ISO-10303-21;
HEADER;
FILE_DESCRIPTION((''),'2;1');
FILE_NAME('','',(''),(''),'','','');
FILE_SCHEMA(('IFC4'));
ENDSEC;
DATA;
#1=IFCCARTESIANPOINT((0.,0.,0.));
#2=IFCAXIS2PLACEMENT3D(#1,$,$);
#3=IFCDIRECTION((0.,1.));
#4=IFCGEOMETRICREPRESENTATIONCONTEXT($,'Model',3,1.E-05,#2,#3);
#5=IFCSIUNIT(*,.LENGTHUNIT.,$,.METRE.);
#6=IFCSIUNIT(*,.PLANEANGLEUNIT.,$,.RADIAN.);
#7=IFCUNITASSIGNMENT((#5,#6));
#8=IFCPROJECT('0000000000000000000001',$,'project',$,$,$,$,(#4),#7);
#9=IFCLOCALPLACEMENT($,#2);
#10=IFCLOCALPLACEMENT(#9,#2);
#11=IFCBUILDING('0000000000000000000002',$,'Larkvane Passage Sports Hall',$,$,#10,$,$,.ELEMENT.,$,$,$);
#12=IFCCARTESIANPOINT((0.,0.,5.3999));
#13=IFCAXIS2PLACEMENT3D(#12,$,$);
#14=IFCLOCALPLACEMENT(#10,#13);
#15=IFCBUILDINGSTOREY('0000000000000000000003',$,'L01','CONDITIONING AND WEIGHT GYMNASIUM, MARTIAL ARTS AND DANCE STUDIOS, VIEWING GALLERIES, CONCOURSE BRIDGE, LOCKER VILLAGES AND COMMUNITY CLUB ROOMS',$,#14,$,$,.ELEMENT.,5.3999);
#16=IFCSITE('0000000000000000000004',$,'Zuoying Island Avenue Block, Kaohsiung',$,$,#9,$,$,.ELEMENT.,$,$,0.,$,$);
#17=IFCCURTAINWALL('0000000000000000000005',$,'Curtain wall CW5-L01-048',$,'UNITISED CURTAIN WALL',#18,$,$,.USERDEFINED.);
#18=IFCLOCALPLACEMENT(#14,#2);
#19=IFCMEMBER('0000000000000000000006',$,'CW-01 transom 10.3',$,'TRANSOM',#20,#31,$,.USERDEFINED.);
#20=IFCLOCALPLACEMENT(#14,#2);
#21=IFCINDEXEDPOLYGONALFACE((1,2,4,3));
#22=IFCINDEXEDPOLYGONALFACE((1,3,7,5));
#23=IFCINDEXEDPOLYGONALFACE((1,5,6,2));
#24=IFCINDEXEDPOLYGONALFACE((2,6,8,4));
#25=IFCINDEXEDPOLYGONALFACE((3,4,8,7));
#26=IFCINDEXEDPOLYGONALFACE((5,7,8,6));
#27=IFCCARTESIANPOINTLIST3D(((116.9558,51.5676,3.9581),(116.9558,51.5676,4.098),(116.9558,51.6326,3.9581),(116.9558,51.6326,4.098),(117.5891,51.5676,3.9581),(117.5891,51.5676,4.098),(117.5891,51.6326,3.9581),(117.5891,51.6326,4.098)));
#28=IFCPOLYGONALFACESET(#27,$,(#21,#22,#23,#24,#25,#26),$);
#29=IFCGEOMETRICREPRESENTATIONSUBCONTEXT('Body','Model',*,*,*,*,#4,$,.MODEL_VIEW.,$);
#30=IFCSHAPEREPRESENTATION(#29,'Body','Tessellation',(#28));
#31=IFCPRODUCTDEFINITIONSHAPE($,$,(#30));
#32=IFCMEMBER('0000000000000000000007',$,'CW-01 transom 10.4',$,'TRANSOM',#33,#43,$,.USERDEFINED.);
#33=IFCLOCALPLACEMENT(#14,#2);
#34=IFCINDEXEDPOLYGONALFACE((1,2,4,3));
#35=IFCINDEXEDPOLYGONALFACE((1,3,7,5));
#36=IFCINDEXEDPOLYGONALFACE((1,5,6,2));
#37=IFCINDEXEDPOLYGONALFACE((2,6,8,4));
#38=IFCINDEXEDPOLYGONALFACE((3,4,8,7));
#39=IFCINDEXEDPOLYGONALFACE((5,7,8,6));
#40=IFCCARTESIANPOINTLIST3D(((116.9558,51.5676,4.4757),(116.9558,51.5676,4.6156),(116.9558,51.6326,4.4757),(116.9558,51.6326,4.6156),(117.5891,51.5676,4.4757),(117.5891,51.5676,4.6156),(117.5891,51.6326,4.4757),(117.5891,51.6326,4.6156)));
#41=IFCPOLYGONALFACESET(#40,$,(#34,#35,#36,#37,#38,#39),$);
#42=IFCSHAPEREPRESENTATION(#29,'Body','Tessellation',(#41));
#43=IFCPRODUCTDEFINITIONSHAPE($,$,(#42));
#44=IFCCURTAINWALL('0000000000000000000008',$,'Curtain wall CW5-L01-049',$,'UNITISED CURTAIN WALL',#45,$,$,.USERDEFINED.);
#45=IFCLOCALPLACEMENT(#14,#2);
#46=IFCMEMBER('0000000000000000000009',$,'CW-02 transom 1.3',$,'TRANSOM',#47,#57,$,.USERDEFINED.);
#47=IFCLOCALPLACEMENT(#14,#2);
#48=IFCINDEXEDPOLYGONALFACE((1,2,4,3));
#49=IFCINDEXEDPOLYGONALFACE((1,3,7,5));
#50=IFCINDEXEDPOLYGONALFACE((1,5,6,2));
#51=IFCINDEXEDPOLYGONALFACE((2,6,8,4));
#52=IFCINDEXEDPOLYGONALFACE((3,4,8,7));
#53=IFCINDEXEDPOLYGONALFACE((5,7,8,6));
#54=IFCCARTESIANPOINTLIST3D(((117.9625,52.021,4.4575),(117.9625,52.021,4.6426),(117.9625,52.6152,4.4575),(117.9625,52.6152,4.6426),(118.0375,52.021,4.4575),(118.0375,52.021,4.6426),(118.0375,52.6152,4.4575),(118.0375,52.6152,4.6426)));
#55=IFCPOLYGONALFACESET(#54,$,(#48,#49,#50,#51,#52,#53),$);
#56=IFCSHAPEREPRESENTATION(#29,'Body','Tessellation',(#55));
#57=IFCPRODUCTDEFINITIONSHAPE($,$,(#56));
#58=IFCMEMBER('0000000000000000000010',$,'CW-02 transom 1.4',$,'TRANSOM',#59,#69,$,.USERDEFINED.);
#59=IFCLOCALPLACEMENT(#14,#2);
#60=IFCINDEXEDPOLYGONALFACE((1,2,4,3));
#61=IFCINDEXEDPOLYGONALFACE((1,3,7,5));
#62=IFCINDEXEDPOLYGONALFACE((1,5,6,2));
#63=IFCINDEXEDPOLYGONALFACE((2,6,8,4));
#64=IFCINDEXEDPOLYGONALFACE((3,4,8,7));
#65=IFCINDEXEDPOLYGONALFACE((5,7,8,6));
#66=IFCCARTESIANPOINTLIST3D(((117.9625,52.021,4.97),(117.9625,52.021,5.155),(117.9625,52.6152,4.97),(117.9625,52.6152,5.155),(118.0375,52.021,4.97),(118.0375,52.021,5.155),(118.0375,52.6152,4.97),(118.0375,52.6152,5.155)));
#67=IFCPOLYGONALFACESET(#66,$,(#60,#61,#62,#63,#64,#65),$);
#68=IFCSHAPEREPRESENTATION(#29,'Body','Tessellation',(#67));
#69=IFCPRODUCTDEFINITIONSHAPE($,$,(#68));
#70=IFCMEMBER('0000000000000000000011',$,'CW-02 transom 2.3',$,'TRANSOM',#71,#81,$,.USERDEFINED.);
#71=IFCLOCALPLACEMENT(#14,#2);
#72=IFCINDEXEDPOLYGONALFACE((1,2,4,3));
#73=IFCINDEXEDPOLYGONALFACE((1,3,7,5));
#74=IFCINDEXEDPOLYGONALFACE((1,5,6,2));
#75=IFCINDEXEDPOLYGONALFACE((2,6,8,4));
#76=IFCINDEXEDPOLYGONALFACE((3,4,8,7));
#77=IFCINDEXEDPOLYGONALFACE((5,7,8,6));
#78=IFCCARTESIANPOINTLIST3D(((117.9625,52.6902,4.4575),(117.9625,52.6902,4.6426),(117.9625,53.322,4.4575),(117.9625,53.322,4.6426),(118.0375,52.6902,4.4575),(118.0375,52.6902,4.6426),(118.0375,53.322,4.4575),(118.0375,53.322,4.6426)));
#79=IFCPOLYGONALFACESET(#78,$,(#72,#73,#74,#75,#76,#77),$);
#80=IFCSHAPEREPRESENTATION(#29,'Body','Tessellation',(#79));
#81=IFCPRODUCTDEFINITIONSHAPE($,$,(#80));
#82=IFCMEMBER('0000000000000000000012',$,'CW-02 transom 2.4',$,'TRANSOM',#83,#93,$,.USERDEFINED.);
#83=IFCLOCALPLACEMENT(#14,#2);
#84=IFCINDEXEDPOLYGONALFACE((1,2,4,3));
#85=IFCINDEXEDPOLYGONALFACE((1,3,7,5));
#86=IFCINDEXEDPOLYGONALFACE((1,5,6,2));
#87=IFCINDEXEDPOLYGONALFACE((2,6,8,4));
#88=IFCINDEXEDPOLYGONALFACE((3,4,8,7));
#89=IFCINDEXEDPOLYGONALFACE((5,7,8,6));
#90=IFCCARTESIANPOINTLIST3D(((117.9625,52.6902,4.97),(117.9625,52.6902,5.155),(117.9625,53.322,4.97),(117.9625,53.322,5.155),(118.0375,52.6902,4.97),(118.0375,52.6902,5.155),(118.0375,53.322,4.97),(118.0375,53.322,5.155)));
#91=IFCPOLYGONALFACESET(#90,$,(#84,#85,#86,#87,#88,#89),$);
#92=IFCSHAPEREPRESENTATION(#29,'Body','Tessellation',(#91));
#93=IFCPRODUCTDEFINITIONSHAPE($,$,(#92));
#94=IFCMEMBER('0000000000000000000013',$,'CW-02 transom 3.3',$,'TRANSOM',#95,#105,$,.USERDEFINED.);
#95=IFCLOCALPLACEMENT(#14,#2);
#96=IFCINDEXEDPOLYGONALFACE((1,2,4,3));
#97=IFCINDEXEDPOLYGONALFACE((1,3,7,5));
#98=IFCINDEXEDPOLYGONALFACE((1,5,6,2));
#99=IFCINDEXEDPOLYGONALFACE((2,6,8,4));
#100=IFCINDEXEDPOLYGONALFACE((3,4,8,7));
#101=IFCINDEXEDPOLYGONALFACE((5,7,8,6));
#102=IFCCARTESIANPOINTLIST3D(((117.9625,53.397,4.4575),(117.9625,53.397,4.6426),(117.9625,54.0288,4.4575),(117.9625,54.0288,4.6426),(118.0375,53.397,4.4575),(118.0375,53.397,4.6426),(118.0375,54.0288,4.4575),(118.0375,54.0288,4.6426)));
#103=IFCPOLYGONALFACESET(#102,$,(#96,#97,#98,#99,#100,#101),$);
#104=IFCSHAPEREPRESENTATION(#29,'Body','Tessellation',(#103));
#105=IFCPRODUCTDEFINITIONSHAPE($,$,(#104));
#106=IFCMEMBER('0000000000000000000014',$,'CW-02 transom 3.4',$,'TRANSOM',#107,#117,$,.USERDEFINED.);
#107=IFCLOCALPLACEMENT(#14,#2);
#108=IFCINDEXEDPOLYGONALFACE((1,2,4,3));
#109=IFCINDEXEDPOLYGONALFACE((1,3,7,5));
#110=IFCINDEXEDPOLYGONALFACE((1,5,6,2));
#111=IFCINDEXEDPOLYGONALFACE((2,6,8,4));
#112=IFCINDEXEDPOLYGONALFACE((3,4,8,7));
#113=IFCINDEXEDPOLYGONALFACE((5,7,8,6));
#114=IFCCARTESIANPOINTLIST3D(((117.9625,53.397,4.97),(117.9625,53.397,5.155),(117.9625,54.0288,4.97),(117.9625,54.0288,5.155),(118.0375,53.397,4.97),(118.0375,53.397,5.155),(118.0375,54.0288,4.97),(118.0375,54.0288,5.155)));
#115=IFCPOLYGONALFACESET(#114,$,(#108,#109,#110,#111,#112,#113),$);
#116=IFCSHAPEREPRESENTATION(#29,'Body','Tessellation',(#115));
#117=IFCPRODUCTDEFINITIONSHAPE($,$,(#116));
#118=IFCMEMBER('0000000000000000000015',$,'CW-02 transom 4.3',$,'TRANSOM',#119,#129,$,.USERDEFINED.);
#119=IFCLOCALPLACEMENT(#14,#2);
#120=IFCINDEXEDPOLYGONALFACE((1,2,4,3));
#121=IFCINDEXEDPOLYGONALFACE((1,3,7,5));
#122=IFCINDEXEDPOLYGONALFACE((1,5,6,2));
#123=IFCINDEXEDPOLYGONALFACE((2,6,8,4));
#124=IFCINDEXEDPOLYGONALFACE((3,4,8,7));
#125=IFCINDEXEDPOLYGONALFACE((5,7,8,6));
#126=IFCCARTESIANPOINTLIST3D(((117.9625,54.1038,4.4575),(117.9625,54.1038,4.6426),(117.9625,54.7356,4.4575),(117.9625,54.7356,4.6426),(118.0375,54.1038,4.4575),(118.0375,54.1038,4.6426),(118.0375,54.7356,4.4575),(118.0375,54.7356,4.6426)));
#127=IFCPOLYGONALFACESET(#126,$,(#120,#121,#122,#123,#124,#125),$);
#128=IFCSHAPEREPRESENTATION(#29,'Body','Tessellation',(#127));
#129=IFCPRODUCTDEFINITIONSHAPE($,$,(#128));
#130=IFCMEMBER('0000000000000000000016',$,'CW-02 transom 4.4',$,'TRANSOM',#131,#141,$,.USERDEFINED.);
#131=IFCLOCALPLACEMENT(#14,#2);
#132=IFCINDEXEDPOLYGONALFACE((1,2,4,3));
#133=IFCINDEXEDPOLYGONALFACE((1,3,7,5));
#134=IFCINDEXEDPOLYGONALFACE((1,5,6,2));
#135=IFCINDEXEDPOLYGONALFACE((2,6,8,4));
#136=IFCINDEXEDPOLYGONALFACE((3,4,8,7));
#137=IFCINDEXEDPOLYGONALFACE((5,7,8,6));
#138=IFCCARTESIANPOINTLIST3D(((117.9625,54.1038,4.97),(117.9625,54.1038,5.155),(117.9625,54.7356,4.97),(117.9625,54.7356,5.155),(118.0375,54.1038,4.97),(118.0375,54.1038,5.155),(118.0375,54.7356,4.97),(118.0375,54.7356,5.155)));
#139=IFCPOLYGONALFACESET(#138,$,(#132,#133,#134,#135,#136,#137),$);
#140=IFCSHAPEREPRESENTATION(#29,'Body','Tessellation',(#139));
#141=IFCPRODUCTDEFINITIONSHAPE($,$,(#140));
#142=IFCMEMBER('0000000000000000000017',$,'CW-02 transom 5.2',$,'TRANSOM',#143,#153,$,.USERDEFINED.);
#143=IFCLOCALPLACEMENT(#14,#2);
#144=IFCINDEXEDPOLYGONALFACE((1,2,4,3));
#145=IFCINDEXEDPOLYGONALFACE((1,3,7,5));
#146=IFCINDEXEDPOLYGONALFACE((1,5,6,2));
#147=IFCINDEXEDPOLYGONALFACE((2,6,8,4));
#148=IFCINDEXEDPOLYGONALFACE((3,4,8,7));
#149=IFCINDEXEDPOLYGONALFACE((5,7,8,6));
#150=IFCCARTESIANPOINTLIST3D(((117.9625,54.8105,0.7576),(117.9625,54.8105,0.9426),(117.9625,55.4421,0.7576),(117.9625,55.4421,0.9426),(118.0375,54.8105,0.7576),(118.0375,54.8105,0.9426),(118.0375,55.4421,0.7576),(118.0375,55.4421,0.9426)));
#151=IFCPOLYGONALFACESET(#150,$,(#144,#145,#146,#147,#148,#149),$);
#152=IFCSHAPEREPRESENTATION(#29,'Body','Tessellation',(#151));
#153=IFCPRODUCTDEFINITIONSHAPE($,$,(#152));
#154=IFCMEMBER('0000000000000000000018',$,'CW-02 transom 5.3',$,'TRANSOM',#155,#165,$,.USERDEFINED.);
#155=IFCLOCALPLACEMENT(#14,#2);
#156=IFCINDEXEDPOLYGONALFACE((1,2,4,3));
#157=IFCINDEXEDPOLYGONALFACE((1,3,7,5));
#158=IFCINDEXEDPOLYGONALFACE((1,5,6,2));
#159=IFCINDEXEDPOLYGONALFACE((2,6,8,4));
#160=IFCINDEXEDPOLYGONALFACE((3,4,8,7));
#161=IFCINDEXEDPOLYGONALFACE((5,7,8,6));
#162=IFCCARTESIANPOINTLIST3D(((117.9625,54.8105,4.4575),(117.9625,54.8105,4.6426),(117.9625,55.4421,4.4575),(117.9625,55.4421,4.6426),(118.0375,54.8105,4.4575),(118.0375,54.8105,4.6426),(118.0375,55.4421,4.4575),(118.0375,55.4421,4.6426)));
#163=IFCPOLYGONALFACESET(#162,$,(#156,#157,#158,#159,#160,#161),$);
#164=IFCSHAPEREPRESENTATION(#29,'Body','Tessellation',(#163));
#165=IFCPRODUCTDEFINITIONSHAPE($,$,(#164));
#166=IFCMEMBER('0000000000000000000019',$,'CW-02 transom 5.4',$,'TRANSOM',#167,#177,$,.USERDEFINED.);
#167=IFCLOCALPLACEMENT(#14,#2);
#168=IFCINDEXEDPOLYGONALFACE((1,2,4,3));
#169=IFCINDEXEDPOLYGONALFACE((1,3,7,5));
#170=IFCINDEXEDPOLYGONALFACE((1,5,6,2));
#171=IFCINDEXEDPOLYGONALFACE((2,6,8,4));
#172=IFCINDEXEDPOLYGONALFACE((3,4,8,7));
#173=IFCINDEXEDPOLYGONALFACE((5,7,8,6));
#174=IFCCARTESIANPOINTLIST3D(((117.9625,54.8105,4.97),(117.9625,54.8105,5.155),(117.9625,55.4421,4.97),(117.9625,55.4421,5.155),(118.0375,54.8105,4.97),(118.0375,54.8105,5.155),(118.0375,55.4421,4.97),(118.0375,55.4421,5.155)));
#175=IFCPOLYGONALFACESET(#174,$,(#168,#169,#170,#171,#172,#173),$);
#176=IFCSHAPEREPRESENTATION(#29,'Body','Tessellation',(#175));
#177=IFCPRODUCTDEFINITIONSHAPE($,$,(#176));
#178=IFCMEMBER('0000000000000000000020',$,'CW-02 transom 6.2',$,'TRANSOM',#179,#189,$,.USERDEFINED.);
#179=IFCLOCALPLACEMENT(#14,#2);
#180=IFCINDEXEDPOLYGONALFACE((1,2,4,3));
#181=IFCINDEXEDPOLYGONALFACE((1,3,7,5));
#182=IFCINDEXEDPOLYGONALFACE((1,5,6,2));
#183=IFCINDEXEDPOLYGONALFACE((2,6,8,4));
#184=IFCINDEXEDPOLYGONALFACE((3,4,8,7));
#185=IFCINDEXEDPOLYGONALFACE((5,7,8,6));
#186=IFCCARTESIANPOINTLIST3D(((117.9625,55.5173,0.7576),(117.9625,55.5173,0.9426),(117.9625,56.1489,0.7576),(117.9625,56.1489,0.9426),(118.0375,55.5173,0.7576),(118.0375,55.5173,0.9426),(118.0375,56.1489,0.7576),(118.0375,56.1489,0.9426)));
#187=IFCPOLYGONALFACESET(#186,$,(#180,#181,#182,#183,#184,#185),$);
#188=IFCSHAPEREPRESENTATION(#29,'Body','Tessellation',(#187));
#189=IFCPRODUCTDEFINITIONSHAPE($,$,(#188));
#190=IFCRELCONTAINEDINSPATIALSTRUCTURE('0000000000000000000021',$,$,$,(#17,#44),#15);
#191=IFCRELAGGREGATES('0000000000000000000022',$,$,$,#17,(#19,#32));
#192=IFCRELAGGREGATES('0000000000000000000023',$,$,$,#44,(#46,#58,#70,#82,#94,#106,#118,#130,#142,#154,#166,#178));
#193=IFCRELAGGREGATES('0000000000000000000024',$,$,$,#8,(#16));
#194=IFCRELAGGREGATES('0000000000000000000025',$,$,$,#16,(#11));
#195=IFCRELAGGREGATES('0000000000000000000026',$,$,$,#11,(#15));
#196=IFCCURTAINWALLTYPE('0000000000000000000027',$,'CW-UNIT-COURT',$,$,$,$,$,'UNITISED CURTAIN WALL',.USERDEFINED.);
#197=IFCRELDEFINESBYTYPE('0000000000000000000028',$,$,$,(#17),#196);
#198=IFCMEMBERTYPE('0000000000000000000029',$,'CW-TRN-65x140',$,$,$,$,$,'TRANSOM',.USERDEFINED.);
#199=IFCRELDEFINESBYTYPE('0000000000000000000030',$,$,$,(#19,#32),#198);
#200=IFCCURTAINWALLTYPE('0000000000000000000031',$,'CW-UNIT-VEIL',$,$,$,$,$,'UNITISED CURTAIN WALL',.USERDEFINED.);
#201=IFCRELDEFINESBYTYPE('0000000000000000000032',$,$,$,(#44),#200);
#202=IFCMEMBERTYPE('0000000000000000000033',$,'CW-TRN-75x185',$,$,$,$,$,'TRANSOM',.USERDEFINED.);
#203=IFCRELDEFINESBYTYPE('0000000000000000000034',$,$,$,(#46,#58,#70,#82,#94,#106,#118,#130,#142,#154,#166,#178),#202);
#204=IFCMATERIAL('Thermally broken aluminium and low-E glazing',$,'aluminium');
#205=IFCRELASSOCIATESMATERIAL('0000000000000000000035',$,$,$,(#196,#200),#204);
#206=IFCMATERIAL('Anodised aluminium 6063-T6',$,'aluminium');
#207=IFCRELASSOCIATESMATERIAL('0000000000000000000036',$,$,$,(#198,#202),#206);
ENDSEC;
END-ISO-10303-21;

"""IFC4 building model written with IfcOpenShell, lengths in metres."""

from ifc_helpers import new_model, si_unit, direction, frame, origin, origin_2d, place, context, subcontext, project, spatial, rectangle, extrude, material, material_profile, profile_set, type_object, element, aggregate, save


model = new_model("IFC4")

# Units and contexts
model_context = context("Model", 3, precision=1e-05, world=origin(), true_north=direction((0.0, 1.0)))
body_context = subcontext(model_context, "Body", "Model", "MODEL_VIEW")
ifc_project = project(units=[si_unit("LENGTHUNIT", "METRE"), si_unit("PLANEANGLEUNIT", "RADIAN")], contexts=[model_context])

# Site, building, storey
site_placement = place(None, origin())
site = spatial("IfcSite", under=ifc_project, at=site_placement, Name="Zuoying Island Avenue Block, Kaohsiung", CompositionType="ELEMENT", RefElevation=0.0)
building_placement = place(site_placement, origin())
building = spatial("IfcBuilding", under=site, at=building_placement, Name="Larkvane Passage Sports Hall", CompositionType="ELEMENT")
storey_placement = place(building_placement, frame((0.0, 0.0, 5.3999)))
storey = spatial("IfcBuildingStorey", under=building, at=storey_placement, Name="L01", Description="CONDITIONING AND WEIGHT GYMNASIUM, MARTIAL ARTS AND DANCE STUDIOS, VIEWING GALLERIES, CONCOURSE BRIDGE, LOCKER VILLAGES AND COMMUNITY CLUB ROOMS", CompositionType="ELEMENT", Elevation=5.3999)

# Curtain walls, members
ifc_material_1 = material(Name="Thermally broken aluminium and low-E glazing", Category="aluminium")
curtain_wall_type_1 = type_object("IfcCurtainWallType", Name="CW-UNIT-COURT", ElementType="UNITISED CURTAIN WALL", PredefinedType="USERDEFINED", material=ifc_material_1)
curtain_wall_1_placement = place(storey_placement, origin())
curtain_wall_1 = element("IfcCurtainWall", 1, at=curtain_wall_1_placement, inside=storey, type_object=curtain_wall_type_1, Name="Curtain wall CW5-L01-048", ObjectType="UNITISED CURTAIN WALL", PredefinedType="USERDEFINED")
ifc_material_2 = material(Name="Anodised aluminium 6063-T6", Category="aluminium")
ifc_material_profile_1 = material_profile(ifc_material_2, rectangle(XDim=0.0649, YDim=0.1399, at=origin_2d()), Name="ALU-TRN-65x140")
ifc_profile_set_1 = profile_set([ifc_material_profile_1], Name="Anodised aluminium 6063-T6")
member_type_1 = type_object("IfcMemberType", Name="CW-TRN-65x140", ElementType="TRANSOM", PredefinedType="USERDEFINED", material=ifc_profile_set_1)
member_1_placement = place(storey_placement, frame((116.9558, 51.6001, 4.0281), z_axis=(1.0, 0.0, 0.0), x_axis=(0.0, 1.0, 0.0)))
member_1 = element("IfcMember", 2, at=member_1_placement, type_object=member_type_1, Name="CW-01 transom 10.3", ObjectType="TRANSOM", PredefinedType="USERDEFINED", context=body_context, shape_type="SweptSolid", body=[
    extrude(rectangle(XDim=0.0649, YDim=0.1399, at=origin_2d()), origin(), (0.0, 0.0, 1.0), 0.6333),
])
member_2_placement = place(storey_placement, frame((116.9558, 51.6001, 4.5457), z_axis=(1.0, 0.0, 0.0), x_axis=(0.0, 1.0, 0.0)))
member_2 = element("IfcMember", 3, at=member_2_placement, type_object=member_type_1, Name="CW-01 transom 10.4", ObjectType="TRANSOM", PredefinedType="USERDEFINED", context=body_context, shape_type="SweptSolid", body=[
    extrude(rectangle(XDim=0.0649, YDim=0.1399, at=origin_2d()), origin(), (0.0, 0.0, 1.0), 0.6333),
])
curtain_wall_type_2 = type_object("IfcCurtainWallType", Name="CW-UNIT-VEIL", ElementType="UNITISED CURTAIN WALL", PredefinedType="USERDEFINED", material=ifc_material_1)
curtain_wall_2_placement = place(storey_placement, origin())
curtain_wall_2 = element("IfcCurtainWall", 4, at=curtain_wall_2_placement, inside=storey, type_object=curtain_wall_type_2, Name="Curtain wall CW5-L01-049", ObjectType="UNITISED CURTAIN WALL", PredefinedType="USERDEFINED")
ifc_material_profile_2 = material_profile(ifc_material_2, rectangle(XDim=0.075, YDim=0.1851, at=origin_2d()), Name="ALU-TRN-75x185")
ifc_profile_set_2 = profile_set([ifc_material_profile_2], Name="Anodised aluminium 6063-T6")
member_type_2 = type_object("IfcMemberType", Name="CW-TRN-75x185", ElementType="TRANSOM", PredefinedType="USERDEFINED", material=ifc_profile_set_2)
member_3_placement = place(storey_placement, frame((118.0, 52.021, 4.55), z_axis=(0.0, 1.0, 0.0), x_axis=(-1.0, 0.0, 0.0)))
member_3 = element("IfcMember", 5, at=member_3_placement, type_object=member_type_2, Name="CW-02 transom 1.3", ObjectType="TRANSOM", PredefinedType="USERDEFINED", context=body_context, shape_type="SweptSolid", body=[
    extrude(rectangle(XDim=0.075, YDim=0.1851, at=origin_2d()), origin(), (0.0, 0.0, 1.0), 0.5942),
])
member_4_placement = place(storey_placement, frame((118.0, 52.021, 5.0625), z_axis=(0.0, 1.0, 0.0), x_axis=(-1.0, 0.0, 0.0)))
member_4 = element("IfcMember", 6, at=member_4_placement, type_object=member_type_2, Name="CW-02 transom 1.4", ObjectType="TRANSOM", PredefinedType="USERDEFINED", context=body_context, shape_type="SweptSolid", body=[
    extrude(rectangle(XDim=0.075, YDim=0.1851, at=origin_2d()), origin(), (0.0, 0.0, 1.0), 0.5942),
])
member_5_placement = place(storey_placement, frame((118.0, 52.6902, 4.55), z_axis=(0.0, 1.0, 0.0), x_axis=(-1.0, 0.0, 0.0)))
member_5 = element("IfcMember", 7, at=member_5_placement, type_object=member_type_2, Name="CW-02 transom 2.3", ObjectType="TRANSOM", PredefinedType="USERDEFINED", context=body_context, shape_type="SweptSolid", body=[
    extrude(rectangle(XDim=0.075, YDim=0.1851, at=origin_2d()), origin(), (0.0, 0.0, 1.0), 0.6318),
])
member_6_placement = place(storey_placement, frame((118.0, 52.6902, 5.0625), z_axis=(0.0, 1.0, 0.0), x_axis=(-1.0, 0.0, 0.0)))
member_6 = element("IfcMember", 8, at=member_6_placement, type_object=member_type_2, Name="CW-02 transom 2.4", ObjectType="TRANSOM", PredefinedType="USERDEFINED", context=body_context, shape_type="SweptSolid", body=[
    extrude(rectangle(XDim=0.075, YDim=0.1851, at=origin_2d()), origin(), (0.0, 0.0, 1.0), 0.6318),
])
member_7_placement = place(storey_placement, frame((118.0, 53.397, 4.55), z_axis=(0.0, 1.0, 0.0), x_axis=(-1.0, 0.0, 0.0)))
member_7 = element("IfcMember", 9, at=member_7_placement, type_object=member_type_2, Name="CW-02 transom 3.3", ObjectType="TRANSOM", PredefinedType="USERDEFINED", context=body_context, shape_type="SweptSolid", body=[
    extrude(rectangle(XDim=0.075, YDim=0.1851, at=origin_2d()), origin(), (0.0, 0.0, 1.0), 0.6318),
])
member_8_placement = place(storey_placement, frame((118.0, 53.397, 5.0625), z_axis=(0.0, 1.0, 0.0), x_axis=(-1.0, 0.0, 0.0)))
member_8 = element("IfcMember", 10, at=member_8_placement, type_object=member_type_2, Name="CW-02 transom 3.4", ObjectType="TRANSOM", PredefinedType="USERDEFINED", context=body_context, shape_type="SweptSolid", body=[
    extrude(rectangle(XDim=0.075, YDim=0.1851, at=origin_2d()), origin(), (0.0, 0.0, 1.0), 0.6318),
])
member_9_placement = place(storey_placement, frame((118.0, 54.1038, 4.55), z_axis=(0.0, 1.0, 0.0), x_axis=(-1.0, 0.0, 0.0)))
member_9 = element("IfcMember", 11, at=member_9_placement, type_object=member_type_2, Name="CW-02 transom 4.3", ObjectType="TRANSOM", PredefinedType="USERDEFINED", context=body_context, shape_type="SweptSolid", body=[
    extrude(rectangle(XDim=0.075, YDim=0.1851, at=origin_2d()), origin(), (0.0, 0.0, 1.0), 0.6318),
])
member_10_placement = place(storey_placement, frame((118.0, 54.1038, 5.0625), z_axis=(0.0, 1.0, 0.0), x_axis=(-1.0, 0.0, 0.0)))
member_10 = element("IfcMember", 12, at=member_10_placement, type_object=member_type_2, Name="CW-02 transom 4.4", ObjectType="TRANSOM", PredefinedType="USERDEFINED", context=body_context, shape_type="SweptSolid", body=[
    extrude(rectangle(XDim=0.075, YDim=0.1851, at=origin_2d()), origin(), (0.0, 0.0, 1.0), 0.6318),
])
member_11_placement = place(storey_placement, frame((118.0, 54.8105, 0.8501), z_axis=(0.0, 1.0, 0.0), x_axis=(-1.0, 0.0, 0.0)))
member_11 = element("IfcMember", 13, at=member_11_placement, type_object=member_type_2, Name="CW-02 transom 5.2", ObjectType="TRANSOM", PredefinedType="USERDEFINED", context=body_context, shape_type="SweptSolid", body=[
    extrude(rectangle(XDim=0.075, YDim=0.1851, at=origin_2d()), origin(), (0.0, 0.0, 1.0), 0.6316),
])
member_12_placement = place(storey_placement, frame((118.0, 54.8105, 4.55), z_axis=(0.0, 1.0, 0.0), x_axis=(-1.0, 0.0, 0.0)))
member_12 = element("IfcMember", 14, at=member_12_placement, type_object=member_type_2, Name="CW-02 transom 5.3", ObjectType="TRANSOM", PredefinedType="USERDEFINED", context=body_context, shape_type="SweptSolid", body=[
    extrude(rectangle(XDim=0.075, YDim=0.1851, at=origin_2d()), origin(), (0.0, 0.0, 1.0), 0.6316),
])
member_13_placement = place(storey_placement, frame((118.0, 54.8105, 5.0625), z_axis=(0.0, 1.0, 0.0), x_axis=(-1.0, 0.0, 0.0)))
member_13 = element("IfcMember", 15, at=member_13_placement, type_object=member_type_2, Name="CW-02 transom 5.4", ObjectType="TRANSOM", PredefinedType="USERDEFINED", context=body_context, shape_type="SweptSolid", body=[
    extrude(rectangle(XDim=0.075, YDim=0.1851, at=origin_2d()), origin(), (0.0, 0.0, 1.0), 0.6316),
])
member_14_placement = place(storey_placement, frame((118.0, 55.5173, 0.8501), z_axis=(0.0, 1.0, 0.0), x_axis=(-1.0, 0.0, 0.0)))
member_14 = element("IfcMember", 16, at=member_14_placement, type_object=member_type_2, Name="CW-02 transom 6.2", ObjectType="TRANSOM", PredefinedType="USERDEFINED", context=body_context, shape_type="SweptSolid", body=[
    extrude(rectangle(XDim=0.075, YDim=0.1851, at=origin_2d()), origin(), (0.0, 0.0, 1.0), 0.6316),
])

aggregate(curtain_wall_1, [member_1, member_2])
aggregate(curtain_wall_2, [member_3, member_4, member_5, member_6, member_7, member_8, member_9, member_10, member_11, member_12, member_13, member_14])

save(model, "model.ifc")
